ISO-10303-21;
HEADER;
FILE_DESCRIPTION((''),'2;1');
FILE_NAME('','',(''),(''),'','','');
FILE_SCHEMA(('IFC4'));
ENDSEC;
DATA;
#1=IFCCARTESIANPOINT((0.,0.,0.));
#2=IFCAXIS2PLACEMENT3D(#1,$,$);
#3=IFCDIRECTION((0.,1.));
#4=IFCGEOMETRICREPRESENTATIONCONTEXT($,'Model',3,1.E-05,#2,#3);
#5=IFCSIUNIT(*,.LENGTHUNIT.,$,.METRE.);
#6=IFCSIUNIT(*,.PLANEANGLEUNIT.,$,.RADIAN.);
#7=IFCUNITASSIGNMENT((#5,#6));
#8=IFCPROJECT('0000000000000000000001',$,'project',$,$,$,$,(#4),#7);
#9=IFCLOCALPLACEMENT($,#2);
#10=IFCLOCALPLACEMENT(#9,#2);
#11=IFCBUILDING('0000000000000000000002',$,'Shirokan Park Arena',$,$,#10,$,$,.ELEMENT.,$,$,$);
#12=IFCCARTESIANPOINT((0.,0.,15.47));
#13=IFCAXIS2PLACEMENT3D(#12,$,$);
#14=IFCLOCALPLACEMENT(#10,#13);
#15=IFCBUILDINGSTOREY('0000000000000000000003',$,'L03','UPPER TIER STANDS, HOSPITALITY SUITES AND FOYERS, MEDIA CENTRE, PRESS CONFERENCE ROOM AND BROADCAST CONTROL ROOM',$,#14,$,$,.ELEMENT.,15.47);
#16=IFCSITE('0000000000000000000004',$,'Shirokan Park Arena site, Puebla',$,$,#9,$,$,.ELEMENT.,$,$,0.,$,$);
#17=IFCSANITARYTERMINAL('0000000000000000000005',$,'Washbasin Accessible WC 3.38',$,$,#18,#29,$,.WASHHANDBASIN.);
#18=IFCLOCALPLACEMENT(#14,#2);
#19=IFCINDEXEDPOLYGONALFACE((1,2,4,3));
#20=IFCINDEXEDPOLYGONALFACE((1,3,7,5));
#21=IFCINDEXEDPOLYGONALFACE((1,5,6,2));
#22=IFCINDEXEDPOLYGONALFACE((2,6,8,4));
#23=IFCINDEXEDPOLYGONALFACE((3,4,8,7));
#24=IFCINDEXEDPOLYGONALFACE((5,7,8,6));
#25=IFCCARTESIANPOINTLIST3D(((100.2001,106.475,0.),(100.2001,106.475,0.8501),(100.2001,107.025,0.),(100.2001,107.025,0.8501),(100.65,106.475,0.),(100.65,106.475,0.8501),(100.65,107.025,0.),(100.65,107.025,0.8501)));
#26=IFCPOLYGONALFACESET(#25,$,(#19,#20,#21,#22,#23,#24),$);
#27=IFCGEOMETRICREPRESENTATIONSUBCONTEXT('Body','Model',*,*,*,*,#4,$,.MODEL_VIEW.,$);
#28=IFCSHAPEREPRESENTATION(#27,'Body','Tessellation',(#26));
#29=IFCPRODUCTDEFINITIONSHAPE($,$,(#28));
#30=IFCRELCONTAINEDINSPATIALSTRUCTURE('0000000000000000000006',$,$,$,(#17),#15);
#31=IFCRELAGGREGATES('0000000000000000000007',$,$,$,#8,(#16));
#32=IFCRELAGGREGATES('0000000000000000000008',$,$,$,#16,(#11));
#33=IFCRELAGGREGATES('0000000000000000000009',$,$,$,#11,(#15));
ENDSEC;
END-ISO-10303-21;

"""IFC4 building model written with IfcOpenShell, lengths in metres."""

from ifc_helpers import new_model, si_unit, direction, frame, origin, origin_2d, place, context, subcontext, project, spatial, rectangle, extrude, element, save


model = new_model("IFC4")

# Units and contexts
model_context = context("Model", 3, precision=1e-05, world=origin(), true_north=direction((0.0, 1.0)))
body_context = subcontext(model_context, "Body", "Model", "MODEL_VIEW")
ifc_project = project(units=[si_unit("LENGTHUNIT", "METRE"), si_unit("PLANEANGLEUNIT", "RADIAN")], contexts=[model_context])

# Site, building, storey
site_placement = place(None, origin())
site = spatial("IfcSite", under=ifc_project, at=site_placement, Name="Shirokan Park Arena site, Puebla", CompositionType="ELEMENT", RefElevation=0.0)
building_placement = place(site_placement, origin())
building = spatial("IfcBuilding", under=site, at=building_placement, Name="Shirokan Park Arena", CompositionType="ELEMENT")
storey_placement = place(building_placement, frame((0.0, 0.0, 15.47)))
storey = spatial("IfcBuildingStorey", under=building, at=storey_placement, Name="L03", Description="UPPER TIER STANDS, HOSPITALITY SUITES AND FOYERS, MEDIA CENTRE, PRESS CONFERENCE ROOM AND BROADCAST CONTROL ROOM", CompositionType="ELEMENT", Elevation=15.47)

# Sanitary terminal
sanitary_terminal_1_placement = place(storey_placement, frame((100.425, 106.75, 0.0), z_axis=(0.0, 0.0, 1.0), x_axis=(1.0, 0.0, 0.0)))
element("IfcSanitaryTerminal", 1, at=sanitary_terminal_1_placement, inside=storey, Name="Washbasin Accessible WC 3.38", PredefinedType="WASHHANDBASIN", context=body_context, shape_type="SweptSolid", body=[
    extrude(rectangle(XDim=0.45, YDim=0.55, at=origin_2d()), origin(), (0.0, 0.0, 1.0), 0.8501),
])

save(model, "model.ifc")
